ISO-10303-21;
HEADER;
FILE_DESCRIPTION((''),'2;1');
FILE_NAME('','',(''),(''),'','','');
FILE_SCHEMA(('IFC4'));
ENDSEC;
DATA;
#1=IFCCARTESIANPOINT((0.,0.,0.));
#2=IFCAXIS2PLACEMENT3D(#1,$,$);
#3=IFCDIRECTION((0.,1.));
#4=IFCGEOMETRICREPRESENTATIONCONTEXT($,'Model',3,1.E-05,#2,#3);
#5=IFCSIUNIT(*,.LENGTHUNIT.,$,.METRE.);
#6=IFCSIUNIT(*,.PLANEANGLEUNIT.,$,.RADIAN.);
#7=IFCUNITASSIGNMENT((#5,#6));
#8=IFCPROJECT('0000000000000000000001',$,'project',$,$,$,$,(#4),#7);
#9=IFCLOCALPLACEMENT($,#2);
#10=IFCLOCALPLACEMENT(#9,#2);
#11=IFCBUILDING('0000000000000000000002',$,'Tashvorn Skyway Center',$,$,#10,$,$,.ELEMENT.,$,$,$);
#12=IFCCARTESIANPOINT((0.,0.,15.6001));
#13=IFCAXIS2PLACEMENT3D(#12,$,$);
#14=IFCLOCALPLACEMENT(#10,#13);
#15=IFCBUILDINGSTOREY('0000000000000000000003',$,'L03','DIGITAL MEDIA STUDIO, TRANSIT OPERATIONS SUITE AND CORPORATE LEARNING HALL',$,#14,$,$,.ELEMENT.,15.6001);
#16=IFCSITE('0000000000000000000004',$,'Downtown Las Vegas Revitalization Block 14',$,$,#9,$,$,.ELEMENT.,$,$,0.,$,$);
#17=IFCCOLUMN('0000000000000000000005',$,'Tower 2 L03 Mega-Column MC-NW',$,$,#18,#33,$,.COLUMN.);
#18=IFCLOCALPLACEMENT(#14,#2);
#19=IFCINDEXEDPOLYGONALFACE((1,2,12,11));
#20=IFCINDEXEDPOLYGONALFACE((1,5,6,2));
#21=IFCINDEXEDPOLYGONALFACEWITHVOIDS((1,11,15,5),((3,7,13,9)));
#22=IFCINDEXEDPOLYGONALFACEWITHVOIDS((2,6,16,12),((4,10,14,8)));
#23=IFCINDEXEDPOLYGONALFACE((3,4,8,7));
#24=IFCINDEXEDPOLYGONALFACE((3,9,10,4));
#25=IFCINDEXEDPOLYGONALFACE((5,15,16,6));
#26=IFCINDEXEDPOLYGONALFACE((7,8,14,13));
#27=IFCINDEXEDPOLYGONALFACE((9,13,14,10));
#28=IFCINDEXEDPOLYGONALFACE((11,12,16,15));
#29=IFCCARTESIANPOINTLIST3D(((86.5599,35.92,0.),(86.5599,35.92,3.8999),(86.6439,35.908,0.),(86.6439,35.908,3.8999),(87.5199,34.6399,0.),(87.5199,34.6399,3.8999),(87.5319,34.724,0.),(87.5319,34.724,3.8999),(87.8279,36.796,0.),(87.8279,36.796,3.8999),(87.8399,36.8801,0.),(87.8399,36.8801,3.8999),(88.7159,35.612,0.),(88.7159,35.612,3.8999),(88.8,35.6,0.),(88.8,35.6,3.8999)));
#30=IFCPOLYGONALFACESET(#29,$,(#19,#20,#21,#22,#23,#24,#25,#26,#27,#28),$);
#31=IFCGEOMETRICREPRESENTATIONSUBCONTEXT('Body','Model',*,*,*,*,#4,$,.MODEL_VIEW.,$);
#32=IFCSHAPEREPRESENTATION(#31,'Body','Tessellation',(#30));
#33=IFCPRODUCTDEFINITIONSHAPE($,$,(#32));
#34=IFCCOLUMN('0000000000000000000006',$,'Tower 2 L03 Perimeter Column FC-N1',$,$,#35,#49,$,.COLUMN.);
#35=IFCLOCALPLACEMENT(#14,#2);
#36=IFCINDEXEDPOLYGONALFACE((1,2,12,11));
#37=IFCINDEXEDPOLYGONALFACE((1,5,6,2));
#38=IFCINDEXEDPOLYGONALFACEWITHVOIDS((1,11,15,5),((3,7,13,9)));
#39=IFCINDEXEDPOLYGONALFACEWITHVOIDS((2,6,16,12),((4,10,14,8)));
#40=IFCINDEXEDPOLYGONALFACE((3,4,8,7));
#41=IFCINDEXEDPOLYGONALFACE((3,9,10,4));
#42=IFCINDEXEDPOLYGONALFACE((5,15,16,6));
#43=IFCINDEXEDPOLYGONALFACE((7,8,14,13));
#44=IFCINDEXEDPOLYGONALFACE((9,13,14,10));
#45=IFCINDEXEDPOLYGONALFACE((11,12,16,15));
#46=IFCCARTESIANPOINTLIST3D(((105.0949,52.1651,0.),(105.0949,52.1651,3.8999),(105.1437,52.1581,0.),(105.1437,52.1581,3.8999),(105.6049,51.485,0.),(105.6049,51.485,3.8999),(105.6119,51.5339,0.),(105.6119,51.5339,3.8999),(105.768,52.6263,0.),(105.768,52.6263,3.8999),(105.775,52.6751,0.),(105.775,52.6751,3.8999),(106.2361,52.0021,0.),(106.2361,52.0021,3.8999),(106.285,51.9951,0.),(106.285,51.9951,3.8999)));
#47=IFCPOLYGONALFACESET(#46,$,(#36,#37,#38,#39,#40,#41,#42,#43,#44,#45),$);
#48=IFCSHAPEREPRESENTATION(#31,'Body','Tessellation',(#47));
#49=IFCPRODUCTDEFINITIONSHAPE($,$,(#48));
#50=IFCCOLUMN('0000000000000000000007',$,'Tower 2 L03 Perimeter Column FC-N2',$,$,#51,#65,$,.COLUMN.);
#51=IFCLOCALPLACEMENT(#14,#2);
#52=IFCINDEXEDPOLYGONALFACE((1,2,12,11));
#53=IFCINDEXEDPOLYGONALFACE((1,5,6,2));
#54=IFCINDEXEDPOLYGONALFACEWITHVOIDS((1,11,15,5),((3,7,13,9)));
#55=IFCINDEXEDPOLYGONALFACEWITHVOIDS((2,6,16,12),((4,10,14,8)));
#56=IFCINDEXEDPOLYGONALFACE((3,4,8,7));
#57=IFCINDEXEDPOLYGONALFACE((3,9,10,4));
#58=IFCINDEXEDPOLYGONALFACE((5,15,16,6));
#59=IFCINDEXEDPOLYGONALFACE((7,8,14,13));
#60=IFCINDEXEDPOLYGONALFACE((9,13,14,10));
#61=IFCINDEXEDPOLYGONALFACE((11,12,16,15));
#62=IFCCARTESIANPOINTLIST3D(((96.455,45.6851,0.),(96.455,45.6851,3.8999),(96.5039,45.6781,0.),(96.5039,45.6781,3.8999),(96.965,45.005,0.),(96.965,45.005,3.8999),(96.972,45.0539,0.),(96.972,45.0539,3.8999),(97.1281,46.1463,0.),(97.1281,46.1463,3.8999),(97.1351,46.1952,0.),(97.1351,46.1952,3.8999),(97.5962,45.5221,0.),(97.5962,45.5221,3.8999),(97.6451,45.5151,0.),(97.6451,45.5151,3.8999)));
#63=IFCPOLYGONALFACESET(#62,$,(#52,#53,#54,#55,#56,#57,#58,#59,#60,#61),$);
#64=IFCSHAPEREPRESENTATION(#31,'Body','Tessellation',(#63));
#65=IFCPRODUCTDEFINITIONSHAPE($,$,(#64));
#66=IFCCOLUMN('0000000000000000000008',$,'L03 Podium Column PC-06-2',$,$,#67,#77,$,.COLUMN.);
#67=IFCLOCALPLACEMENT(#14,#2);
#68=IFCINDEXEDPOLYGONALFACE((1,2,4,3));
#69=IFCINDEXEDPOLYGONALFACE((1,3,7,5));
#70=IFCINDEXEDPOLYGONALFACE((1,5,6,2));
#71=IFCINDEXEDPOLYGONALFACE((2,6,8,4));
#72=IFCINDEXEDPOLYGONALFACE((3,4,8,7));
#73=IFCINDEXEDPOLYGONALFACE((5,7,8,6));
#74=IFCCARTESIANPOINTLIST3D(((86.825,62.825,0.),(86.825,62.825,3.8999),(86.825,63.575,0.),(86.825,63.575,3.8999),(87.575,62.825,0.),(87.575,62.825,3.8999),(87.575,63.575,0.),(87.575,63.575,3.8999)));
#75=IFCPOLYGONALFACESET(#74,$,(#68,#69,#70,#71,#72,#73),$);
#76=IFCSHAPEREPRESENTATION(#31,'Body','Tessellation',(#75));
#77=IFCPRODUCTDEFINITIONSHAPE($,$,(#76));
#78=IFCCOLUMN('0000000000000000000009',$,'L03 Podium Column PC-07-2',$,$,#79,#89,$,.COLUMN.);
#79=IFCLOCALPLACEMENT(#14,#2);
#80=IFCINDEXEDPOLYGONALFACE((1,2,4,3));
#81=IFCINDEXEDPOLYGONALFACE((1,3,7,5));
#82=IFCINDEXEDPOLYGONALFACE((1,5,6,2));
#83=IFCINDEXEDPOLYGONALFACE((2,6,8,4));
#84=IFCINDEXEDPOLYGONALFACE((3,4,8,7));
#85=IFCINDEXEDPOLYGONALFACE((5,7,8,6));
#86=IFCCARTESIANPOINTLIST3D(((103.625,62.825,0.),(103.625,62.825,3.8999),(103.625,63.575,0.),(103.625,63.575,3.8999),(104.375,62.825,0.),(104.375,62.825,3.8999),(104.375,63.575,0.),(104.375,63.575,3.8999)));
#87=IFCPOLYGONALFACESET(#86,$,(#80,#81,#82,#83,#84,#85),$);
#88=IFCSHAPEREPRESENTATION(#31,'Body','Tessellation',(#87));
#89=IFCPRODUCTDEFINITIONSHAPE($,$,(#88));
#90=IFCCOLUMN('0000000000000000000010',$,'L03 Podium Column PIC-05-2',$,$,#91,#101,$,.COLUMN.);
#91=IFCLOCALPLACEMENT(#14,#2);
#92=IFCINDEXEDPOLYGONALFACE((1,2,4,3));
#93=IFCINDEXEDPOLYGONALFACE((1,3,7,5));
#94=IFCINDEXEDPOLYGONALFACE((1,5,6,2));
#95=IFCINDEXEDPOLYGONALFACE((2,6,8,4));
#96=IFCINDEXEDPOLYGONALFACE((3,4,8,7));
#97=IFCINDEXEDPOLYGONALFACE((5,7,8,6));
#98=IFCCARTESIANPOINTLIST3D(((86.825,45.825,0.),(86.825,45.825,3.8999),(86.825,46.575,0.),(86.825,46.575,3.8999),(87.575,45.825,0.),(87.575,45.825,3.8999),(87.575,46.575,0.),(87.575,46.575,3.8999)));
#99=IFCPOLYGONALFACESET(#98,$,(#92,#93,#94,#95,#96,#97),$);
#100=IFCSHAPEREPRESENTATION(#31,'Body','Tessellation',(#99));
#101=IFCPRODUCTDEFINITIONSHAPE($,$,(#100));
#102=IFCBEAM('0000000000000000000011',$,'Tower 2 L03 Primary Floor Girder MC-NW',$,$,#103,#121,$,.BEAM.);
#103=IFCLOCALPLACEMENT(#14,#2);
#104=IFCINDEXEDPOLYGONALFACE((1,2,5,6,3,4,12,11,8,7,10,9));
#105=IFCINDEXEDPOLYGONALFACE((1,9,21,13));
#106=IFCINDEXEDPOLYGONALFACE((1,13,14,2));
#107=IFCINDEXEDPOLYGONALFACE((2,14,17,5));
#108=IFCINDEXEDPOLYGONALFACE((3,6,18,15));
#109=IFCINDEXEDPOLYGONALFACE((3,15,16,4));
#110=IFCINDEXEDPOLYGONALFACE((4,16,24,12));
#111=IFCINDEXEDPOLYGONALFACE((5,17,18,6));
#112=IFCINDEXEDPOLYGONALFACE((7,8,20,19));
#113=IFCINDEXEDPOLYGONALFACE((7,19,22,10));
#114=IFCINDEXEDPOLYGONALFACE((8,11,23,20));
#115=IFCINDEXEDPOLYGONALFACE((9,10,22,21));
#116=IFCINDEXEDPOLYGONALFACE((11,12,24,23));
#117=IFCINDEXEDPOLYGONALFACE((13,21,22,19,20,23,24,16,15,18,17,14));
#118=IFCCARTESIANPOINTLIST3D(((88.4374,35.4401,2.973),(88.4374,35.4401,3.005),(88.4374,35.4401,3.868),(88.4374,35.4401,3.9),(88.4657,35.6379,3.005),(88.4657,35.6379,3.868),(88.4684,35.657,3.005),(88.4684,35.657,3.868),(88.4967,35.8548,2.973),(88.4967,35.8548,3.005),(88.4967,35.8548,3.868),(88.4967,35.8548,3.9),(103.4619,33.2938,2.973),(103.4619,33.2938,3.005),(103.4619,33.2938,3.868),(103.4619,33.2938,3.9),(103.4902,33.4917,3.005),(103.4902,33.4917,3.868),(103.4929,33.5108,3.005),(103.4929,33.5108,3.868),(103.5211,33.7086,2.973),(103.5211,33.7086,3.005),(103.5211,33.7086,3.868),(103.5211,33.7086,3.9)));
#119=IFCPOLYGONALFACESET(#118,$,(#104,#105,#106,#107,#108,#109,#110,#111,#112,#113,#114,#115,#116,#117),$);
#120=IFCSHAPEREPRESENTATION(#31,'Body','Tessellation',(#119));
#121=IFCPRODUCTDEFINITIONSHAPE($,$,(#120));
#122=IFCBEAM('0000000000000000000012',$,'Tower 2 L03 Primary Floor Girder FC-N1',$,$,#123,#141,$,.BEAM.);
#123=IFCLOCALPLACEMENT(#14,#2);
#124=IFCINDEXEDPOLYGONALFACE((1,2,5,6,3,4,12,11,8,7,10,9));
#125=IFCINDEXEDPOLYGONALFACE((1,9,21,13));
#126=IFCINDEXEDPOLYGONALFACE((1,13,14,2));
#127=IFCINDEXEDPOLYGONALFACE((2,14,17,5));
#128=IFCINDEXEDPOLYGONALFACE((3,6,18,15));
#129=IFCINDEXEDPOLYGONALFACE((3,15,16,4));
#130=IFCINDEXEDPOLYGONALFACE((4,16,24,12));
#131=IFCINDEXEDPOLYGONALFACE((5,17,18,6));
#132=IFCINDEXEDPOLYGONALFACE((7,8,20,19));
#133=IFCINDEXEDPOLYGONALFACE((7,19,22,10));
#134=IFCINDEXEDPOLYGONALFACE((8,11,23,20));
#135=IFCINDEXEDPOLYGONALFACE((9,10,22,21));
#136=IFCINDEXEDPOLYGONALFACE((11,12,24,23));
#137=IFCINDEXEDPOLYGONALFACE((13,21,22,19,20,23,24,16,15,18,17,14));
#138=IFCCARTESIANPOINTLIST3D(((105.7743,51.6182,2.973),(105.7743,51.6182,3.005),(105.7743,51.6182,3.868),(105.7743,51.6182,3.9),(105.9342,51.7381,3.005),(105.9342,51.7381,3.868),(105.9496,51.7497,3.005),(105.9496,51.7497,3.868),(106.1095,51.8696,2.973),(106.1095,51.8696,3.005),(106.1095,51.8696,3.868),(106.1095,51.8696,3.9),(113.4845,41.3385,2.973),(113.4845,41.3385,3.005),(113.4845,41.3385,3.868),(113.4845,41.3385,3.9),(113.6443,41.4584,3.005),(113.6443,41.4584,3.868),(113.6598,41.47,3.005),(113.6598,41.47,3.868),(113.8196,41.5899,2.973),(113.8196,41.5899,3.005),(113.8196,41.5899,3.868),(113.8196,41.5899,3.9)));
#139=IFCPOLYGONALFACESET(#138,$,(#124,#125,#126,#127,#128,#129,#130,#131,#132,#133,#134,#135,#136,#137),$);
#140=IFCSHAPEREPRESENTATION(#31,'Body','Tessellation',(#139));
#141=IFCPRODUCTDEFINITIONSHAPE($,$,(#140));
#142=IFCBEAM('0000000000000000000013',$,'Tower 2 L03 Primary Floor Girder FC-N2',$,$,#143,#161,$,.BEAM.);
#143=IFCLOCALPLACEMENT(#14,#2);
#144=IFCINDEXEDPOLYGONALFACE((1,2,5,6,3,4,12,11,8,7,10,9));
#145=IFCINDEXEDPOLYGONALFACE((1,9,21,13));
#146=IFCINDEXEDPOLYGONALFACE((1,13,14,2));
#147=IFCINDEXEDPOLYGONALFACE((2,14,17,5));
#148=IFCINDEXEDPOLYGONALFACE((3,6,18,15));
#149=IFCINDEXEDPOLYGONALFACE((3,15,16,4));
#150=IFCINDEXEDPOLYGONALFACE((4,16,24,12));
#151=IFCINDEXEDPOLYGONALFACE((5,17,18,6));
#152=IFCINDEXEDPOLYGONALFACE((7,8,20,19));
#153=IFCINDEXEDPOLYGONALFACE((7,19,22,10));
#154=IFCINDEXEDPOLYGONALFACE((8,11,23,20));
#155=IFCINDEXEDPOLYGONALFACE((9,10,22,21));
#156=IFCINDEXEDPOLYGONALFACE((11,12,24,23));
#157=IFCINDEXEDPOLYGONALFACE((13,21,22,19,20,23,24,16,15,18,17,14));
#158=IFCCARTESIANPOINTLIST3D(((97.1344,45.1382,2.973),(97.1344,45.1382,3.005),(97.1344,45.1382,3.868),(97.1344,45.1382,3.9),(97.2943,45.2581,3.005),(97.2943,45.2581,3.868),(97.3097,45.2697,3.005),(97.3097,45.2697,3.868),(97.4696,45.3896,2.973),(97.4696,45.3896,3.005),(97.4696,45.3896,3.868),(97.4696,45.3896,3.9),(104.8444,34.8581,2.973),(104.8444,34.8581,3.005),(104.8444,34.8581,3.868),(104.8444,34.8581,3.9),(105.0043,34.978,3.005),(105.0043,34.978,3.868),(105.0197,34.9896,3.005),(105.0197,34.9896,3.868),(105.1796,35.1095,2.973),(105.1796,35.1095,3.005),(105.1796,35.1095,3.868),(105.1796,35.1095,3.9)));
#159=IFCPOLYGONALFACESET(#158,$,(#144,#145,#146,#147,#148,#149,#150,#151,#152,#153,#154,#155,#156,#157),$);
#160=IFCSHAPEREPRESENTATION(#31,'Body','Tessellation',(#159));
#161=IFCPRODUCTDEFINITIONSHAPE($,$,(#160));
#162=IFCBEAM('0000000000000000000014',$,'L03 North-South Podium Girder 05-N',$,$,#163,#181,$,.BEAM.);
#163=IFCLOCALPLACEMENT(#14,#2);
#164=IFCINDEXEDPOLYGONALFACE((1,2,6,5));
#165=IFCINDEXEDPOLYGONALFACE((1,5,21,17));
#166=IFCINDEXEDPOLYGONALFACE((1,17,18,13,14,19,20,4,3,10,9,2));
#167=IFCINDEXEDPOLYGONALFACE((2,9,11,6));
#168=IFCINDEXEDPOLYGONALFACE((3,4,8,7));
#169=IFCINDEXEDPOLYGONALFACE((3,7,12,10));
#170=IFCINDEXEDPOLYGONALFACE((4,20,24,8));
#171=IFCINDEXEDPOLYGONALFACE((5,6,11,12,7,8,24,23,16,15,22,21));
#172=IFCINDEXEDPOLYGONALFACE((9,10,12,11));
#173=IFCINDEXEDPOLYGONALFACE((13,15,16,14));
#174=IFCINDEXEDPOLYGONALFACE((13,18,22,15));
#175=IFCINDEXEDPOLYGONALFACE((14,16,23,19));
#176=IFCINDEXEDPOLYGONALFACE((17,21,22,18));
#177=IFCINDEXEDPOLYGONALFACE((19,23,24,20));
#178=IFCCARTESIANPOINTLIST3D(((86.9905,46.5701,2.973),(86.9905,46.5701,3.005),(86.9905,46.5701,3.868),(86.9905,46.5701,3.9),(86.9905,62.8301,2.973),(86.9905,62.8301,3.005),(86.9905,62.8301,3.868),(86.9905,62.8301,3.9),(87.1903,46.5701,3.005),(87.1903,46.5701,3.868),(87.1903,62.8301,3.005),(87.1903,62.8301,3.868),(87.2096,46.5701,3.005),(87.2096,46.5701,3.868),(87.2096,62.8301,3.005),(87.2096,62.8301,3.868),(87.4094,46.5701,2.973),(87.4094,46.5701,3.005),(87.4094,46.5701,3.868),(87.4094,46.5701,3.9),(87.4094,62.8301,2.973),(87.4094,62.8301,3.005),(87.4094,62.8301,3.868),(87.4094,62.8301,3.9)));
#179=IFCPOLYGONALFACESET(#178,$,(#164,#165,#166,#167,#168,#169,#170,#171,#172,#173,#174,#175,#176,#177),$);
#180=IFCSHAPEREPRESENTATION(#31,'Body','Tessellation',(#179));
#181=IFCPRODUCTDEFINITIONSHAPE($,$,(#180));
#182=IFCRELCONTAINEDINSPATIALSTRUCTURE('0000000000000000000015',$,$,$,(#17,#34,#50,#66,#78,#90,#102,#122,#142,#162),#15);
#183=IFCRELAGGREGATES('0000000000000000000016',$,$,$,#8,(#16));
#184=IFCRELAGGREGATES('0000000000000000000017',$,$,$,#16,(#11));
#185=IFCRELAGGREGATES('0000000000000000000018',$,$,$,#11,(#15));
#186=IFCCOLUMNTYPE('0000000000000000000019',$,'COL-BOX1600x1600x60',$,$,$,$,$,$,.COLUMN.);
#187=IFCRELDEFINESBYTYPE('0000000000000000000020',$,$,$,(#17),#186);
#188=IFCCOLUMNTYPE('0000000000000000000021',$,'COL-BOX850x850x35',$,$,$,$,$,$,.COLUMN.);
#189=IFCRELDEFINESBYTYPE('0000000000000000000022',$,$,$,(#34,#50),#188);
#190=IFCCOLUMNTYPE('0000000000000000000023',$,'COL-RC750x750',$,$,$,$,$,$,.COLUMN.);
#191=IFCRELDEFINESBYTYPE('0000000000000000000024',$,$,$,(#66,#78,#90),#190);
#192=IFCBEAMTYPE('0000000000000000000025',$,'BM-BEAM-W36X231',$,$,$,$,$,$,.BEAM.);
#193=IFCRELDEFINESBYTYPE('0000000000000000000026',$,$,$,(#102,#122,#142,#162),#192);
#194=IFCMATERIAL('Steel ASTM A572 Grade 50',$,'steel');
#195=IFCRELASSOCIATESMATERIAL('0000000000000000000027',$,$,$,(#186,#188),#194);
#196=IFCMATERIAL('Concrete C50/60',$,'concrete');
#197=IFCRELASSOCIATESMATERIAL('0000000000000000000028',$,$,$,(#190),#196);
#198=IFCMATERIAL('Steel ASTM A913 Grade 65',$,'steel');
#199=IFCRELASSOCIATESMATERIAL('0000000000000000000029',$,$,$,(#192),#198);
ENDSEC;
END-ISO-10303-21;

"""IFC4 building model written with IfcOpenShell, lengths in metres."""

from ifc_helpers import new_model, si_unit, direction, frame, origin, origin_2d, place, context, subcontext, project, spatial, rectangle, hollow_rectangle, i_section, extrude, material, material_profile, profile_set, type_object, element, save


model = new_model("IFC4")

# Units and contexts
model_context = context("Model", 3, precision=1e-05, world=origin(), true_north=direction((0.0, 1.0)))
body_context = subcontext(model_context, "Body", "Model", "MODEL_VIEW")
ifc_project = project(units=[si_unit("LENGTHUNIT", "METRE"), si_unit("PLANEANGLEUNIT", "RADIAN")], contexts=[model_context])

# Site, building, storey
site_placement = place(None, origin())
site = spatial("IfcSite", under=ifc_project, at=site_placement, Name="Downtown Las Vegas Revitalization Block 14", CompositionType="ELEMENT", RefElevation=0.0)
building_placement = place(site_placement, origin())
building = spatial("IfcBuilding", under=site, at=building_placement, Name="Tashvorn Skyway Center", CompositionType="ELEMENT")
storey_placement = place(building_placement, frame((0.0, 0.0, 15.6001)))
storey = spatial("IfcBuildingStorey", under=building, at=storey_placement, Name="L03", Description="DIGITAL MEDIA STUDIO, TRANSIT OPERATIONS SUITE AND CORPORATE LEARNING HALL", CompositionType="ELEMENT", Elevation=15.6001)

# Columns
ifc_material_1 = material(Name="Steel ASTM A572 Grade 50", Category="steel")
ifc_material_profile_1 = material_profile(ifc_material_1, hollow_rectangle(XDim=1.6001, YDim=1.6001, WallThickness=0.0601, at=origin_2d()), Name="BOX1600x1600x60")
ifc_profile_set_1 = profile_set([ifc_material_profile_1], Name="Steel ASTM A572 Grade 50")
column_type_1 = type_object("IfcColumnType", Name="COL-BOX1600x1600x60", PredefinedType="COLUMN", material=ifc_profile_set_1)
column_placement = place(storey_placement, frame((87.6799, 35.76, 0.0), z_axis=(0.0, 0.0, 1.0), x_axis=(0.8, 0.6, 0.0)))
element("IfcColumn", 1, at=column_placement, inside=storey, type_object=column_type_1, Name="Tower 2 L03 Mega-Column MC-NW", PredefinedType="COLUMN", context=body_context, shape_type="SweptSolid", body=[
    extrude(hollow_rectangle(XDim=1.6001, YDim=1.6001, WallThickness=0.0601, at=origin_2d()), origin(), (0.0, 0.0, 1.0), 3.8999),
])
ifc_material_profile_2 = material_profile(ifc_material_1, hollow_rectangle(XDim=0.8501, YDim=0.8501, WallThickness=0.0349, at=origin_2d()), Name="BOX850x850x35")
ifc_profile_set_2 = profile_set([ifc_material_profile_2], Name="Steel ASTM A572 Grade 50")
column_type_2 = type_object("IfcColumnType", Name="COL-BOX850x850x35", PredefinedType="COLUMN", material=ifc_profile_set_2)
for number, where, z_axis, x_axis, name in (
    (2, (105.6899, 52.0801, 0.0), (0.0, 0.0, 1.0), (0.8, 0.6, 0.0), "Tower 2 L03 Perimeter Column FC-N1"),
    (3, (97.05, 45.6001, 0.0), (0.0, 0.0, 1.0), (0.8, 0.6, 0.0), "Tower 2 L03 Perimeter Column FC-N2"),
):
    element("IfcColumn", number, at=place(storey_placement, frame(where, z_axis=z_axis, x_axis=x_axis)), inside=storey, type_object=column_type_2, Name=name, PredefinedType="COLUMN", context=body_context, shape_type="SweptSolid", body=[
        extrude(hollow_rectangle(XDim=0.8501, YDim=0.8501, WallThickness=0.0349, at=origin_2d()), origin(), (0.0, 0.0, 1.0), 3.8999),
    ])
ifc_material_2 = material(Name="Concrete C50/60", Category="concrete")
ifc_material_profile_3 = material_profile(ifc_material_2, rectangle(XDim=0.75, YDim=0.75, at=origin_2d()), Name="RC750x750")
ifc_profile_set_3 = profile_set([ifc_material_profile_3], Name="Concrete C50/60")
column_type_3 = type_object("IfcColumnType", Name="COL-RC750x750", PredefinedType="COLUMN", material=ifc_profile_set_3)
for number, where, z_axis, x_axis, name in (
    (4, (87.2, 63.2, 0.0), (0.0, 0.0, 1.0), (1.0, 0.0, 0.0), "L03 Podium Column PC-06-2"),
    (5, (104.0, 63.2, 0.0), (0.0, 0.0, 1.0), (1.0, 0.0, 0.0), "L03 Podium Column PC-07-2"),
    (6, (87.2, 46.2, 0.0), (0.0, 0.0, 1.0), (1.0, 0.0, 0.0), "L03 Podium Column PIC-05-2"),
):
    element("IfcColumn", number, at=place(storey_placement, frame(where, z_axis=z_axis, x_axis=x_axis)), inside=storey, type_object=column_type_3, Name=name, PredefinedType="COLUMN", context=body_context, shape_type="SweptSolid", body=[
        extrude(rectangle(XDim=0.75, YDim=0.75, at=origin_2d()), origin(), (0.0, 0.0, 1.0), 3.8999),
    ])

# Beams
ifc_material_3 = material(Name="Steel ASTM A913 Grade 65", Category="steel")
ifc_material_profile_4 = material_profile(ifc_material_3, i_section(OverallWidth=0.4189, OverallDepth=0.927, WebThickness=0.0193, FlangeThickness=0.032, at=origin_2d()), Name="W36X231")
ifc_profile_set_4 = profile_set([ifc_material_profile_4], Name="Steel ASTM A913 Grade 65")
beam_type_1 = type_object("IfcBeamType", Name="BM-BEAM-W36X231", PredefinedType="BEAM", material=ifc_profile_set_4)
beam_1_placement = place(storey_placement, frame((88.467, 35.6475, 3.4365), z_axis=(0.98995, -0.141415, 0.0), x_axis=(0.141415, 0.98995, 0.0)))
element("IfcBeam", 7, at=beam_1_placement, inside=storey, type_object=beam_type_1, Name="Tower 2 L03 Primary Floor Girder MC-NW", PredefinedType="BEAM", context=body_context, shape_type="SweptSolid", body=[
    extrude(i_section(OverallWidth=0.4189, OverallDepth=0.927, WebThickness=0.0193, FlangeThickness=0.032, at=origin_2d()), origin(), (0.0, 0.0, 1.0), 15.177),
])
beam_2_placement = place(storey_placement, frame((105.9419, 51.7439, 3.4365), z_axis=(0.600018, -0.799986, 0.0), x_axis=(0.799986, 0.600018, 0.0)))
element("IfcBeam", 8, at=beam_2_placement, inside=storey, type_object=beam_type_1, Name="Tower 2 L03 Primary Floor Girder FC-N1", PredefinedType="BEAM", context=body_context, shape_type="SweptSolid", body=[
    extrude(i_section(OverallWidth=0.4189, OverallDepth=0.927, WebThickness=0.0193, FlangeThickness=0.032, at=origin_2d()), origin(), (0.0, 0.0, 1.0), 12.8499),
])
beam_3_placement = place(storey_placement, frame((97.302, 45.2639, 3.4365), z_axis=(0.599997, -0.800002, 0.0), x_axis=(0.800002, 0.599997, 0.0)))
element("IfcBeam", 9, at=beam_3_placement, inside=storey, type_object=beam_type_1, Name="Tower 2 L03 Primary Floor Girder FC-N2", PredefinedType="BEAM", context=body_context, shape_type="SweptSolid", body=[
    extrude(i_section(OverallWidth=0.4189, OverallDepth=0.927, WebThickness=0.0193, FlangeThickness=0.032, at=origin_2d()), origin(), (0.0, 0.0, 1.0), 12.8501),
])
beam_4_placement = place(storey_placement, frame((87.2, 46.5701, 3.4365), z_axis=(0.0, 1.0, 0.0), x_axis=(-1.0, 0.0, 0.0)))
element("IfcBeam", 10, at=beam_4_placement, inside=storey, type_object=beam_type_1, Name="L03 North-South Podium Girder 05-N", PredefinedType="BEAM", context=body_context, shape_type="SweptSolid", body=[
    extrude(i_section(OverallWidth=0.4189, OverallDepth=0.927, WebThickness=0.0193, FlangeThickness=0.032, at=origin_2d()), origin(), (0.0, 0.0, 1.0), 16.26),
])

save(model, "model.ifc")
